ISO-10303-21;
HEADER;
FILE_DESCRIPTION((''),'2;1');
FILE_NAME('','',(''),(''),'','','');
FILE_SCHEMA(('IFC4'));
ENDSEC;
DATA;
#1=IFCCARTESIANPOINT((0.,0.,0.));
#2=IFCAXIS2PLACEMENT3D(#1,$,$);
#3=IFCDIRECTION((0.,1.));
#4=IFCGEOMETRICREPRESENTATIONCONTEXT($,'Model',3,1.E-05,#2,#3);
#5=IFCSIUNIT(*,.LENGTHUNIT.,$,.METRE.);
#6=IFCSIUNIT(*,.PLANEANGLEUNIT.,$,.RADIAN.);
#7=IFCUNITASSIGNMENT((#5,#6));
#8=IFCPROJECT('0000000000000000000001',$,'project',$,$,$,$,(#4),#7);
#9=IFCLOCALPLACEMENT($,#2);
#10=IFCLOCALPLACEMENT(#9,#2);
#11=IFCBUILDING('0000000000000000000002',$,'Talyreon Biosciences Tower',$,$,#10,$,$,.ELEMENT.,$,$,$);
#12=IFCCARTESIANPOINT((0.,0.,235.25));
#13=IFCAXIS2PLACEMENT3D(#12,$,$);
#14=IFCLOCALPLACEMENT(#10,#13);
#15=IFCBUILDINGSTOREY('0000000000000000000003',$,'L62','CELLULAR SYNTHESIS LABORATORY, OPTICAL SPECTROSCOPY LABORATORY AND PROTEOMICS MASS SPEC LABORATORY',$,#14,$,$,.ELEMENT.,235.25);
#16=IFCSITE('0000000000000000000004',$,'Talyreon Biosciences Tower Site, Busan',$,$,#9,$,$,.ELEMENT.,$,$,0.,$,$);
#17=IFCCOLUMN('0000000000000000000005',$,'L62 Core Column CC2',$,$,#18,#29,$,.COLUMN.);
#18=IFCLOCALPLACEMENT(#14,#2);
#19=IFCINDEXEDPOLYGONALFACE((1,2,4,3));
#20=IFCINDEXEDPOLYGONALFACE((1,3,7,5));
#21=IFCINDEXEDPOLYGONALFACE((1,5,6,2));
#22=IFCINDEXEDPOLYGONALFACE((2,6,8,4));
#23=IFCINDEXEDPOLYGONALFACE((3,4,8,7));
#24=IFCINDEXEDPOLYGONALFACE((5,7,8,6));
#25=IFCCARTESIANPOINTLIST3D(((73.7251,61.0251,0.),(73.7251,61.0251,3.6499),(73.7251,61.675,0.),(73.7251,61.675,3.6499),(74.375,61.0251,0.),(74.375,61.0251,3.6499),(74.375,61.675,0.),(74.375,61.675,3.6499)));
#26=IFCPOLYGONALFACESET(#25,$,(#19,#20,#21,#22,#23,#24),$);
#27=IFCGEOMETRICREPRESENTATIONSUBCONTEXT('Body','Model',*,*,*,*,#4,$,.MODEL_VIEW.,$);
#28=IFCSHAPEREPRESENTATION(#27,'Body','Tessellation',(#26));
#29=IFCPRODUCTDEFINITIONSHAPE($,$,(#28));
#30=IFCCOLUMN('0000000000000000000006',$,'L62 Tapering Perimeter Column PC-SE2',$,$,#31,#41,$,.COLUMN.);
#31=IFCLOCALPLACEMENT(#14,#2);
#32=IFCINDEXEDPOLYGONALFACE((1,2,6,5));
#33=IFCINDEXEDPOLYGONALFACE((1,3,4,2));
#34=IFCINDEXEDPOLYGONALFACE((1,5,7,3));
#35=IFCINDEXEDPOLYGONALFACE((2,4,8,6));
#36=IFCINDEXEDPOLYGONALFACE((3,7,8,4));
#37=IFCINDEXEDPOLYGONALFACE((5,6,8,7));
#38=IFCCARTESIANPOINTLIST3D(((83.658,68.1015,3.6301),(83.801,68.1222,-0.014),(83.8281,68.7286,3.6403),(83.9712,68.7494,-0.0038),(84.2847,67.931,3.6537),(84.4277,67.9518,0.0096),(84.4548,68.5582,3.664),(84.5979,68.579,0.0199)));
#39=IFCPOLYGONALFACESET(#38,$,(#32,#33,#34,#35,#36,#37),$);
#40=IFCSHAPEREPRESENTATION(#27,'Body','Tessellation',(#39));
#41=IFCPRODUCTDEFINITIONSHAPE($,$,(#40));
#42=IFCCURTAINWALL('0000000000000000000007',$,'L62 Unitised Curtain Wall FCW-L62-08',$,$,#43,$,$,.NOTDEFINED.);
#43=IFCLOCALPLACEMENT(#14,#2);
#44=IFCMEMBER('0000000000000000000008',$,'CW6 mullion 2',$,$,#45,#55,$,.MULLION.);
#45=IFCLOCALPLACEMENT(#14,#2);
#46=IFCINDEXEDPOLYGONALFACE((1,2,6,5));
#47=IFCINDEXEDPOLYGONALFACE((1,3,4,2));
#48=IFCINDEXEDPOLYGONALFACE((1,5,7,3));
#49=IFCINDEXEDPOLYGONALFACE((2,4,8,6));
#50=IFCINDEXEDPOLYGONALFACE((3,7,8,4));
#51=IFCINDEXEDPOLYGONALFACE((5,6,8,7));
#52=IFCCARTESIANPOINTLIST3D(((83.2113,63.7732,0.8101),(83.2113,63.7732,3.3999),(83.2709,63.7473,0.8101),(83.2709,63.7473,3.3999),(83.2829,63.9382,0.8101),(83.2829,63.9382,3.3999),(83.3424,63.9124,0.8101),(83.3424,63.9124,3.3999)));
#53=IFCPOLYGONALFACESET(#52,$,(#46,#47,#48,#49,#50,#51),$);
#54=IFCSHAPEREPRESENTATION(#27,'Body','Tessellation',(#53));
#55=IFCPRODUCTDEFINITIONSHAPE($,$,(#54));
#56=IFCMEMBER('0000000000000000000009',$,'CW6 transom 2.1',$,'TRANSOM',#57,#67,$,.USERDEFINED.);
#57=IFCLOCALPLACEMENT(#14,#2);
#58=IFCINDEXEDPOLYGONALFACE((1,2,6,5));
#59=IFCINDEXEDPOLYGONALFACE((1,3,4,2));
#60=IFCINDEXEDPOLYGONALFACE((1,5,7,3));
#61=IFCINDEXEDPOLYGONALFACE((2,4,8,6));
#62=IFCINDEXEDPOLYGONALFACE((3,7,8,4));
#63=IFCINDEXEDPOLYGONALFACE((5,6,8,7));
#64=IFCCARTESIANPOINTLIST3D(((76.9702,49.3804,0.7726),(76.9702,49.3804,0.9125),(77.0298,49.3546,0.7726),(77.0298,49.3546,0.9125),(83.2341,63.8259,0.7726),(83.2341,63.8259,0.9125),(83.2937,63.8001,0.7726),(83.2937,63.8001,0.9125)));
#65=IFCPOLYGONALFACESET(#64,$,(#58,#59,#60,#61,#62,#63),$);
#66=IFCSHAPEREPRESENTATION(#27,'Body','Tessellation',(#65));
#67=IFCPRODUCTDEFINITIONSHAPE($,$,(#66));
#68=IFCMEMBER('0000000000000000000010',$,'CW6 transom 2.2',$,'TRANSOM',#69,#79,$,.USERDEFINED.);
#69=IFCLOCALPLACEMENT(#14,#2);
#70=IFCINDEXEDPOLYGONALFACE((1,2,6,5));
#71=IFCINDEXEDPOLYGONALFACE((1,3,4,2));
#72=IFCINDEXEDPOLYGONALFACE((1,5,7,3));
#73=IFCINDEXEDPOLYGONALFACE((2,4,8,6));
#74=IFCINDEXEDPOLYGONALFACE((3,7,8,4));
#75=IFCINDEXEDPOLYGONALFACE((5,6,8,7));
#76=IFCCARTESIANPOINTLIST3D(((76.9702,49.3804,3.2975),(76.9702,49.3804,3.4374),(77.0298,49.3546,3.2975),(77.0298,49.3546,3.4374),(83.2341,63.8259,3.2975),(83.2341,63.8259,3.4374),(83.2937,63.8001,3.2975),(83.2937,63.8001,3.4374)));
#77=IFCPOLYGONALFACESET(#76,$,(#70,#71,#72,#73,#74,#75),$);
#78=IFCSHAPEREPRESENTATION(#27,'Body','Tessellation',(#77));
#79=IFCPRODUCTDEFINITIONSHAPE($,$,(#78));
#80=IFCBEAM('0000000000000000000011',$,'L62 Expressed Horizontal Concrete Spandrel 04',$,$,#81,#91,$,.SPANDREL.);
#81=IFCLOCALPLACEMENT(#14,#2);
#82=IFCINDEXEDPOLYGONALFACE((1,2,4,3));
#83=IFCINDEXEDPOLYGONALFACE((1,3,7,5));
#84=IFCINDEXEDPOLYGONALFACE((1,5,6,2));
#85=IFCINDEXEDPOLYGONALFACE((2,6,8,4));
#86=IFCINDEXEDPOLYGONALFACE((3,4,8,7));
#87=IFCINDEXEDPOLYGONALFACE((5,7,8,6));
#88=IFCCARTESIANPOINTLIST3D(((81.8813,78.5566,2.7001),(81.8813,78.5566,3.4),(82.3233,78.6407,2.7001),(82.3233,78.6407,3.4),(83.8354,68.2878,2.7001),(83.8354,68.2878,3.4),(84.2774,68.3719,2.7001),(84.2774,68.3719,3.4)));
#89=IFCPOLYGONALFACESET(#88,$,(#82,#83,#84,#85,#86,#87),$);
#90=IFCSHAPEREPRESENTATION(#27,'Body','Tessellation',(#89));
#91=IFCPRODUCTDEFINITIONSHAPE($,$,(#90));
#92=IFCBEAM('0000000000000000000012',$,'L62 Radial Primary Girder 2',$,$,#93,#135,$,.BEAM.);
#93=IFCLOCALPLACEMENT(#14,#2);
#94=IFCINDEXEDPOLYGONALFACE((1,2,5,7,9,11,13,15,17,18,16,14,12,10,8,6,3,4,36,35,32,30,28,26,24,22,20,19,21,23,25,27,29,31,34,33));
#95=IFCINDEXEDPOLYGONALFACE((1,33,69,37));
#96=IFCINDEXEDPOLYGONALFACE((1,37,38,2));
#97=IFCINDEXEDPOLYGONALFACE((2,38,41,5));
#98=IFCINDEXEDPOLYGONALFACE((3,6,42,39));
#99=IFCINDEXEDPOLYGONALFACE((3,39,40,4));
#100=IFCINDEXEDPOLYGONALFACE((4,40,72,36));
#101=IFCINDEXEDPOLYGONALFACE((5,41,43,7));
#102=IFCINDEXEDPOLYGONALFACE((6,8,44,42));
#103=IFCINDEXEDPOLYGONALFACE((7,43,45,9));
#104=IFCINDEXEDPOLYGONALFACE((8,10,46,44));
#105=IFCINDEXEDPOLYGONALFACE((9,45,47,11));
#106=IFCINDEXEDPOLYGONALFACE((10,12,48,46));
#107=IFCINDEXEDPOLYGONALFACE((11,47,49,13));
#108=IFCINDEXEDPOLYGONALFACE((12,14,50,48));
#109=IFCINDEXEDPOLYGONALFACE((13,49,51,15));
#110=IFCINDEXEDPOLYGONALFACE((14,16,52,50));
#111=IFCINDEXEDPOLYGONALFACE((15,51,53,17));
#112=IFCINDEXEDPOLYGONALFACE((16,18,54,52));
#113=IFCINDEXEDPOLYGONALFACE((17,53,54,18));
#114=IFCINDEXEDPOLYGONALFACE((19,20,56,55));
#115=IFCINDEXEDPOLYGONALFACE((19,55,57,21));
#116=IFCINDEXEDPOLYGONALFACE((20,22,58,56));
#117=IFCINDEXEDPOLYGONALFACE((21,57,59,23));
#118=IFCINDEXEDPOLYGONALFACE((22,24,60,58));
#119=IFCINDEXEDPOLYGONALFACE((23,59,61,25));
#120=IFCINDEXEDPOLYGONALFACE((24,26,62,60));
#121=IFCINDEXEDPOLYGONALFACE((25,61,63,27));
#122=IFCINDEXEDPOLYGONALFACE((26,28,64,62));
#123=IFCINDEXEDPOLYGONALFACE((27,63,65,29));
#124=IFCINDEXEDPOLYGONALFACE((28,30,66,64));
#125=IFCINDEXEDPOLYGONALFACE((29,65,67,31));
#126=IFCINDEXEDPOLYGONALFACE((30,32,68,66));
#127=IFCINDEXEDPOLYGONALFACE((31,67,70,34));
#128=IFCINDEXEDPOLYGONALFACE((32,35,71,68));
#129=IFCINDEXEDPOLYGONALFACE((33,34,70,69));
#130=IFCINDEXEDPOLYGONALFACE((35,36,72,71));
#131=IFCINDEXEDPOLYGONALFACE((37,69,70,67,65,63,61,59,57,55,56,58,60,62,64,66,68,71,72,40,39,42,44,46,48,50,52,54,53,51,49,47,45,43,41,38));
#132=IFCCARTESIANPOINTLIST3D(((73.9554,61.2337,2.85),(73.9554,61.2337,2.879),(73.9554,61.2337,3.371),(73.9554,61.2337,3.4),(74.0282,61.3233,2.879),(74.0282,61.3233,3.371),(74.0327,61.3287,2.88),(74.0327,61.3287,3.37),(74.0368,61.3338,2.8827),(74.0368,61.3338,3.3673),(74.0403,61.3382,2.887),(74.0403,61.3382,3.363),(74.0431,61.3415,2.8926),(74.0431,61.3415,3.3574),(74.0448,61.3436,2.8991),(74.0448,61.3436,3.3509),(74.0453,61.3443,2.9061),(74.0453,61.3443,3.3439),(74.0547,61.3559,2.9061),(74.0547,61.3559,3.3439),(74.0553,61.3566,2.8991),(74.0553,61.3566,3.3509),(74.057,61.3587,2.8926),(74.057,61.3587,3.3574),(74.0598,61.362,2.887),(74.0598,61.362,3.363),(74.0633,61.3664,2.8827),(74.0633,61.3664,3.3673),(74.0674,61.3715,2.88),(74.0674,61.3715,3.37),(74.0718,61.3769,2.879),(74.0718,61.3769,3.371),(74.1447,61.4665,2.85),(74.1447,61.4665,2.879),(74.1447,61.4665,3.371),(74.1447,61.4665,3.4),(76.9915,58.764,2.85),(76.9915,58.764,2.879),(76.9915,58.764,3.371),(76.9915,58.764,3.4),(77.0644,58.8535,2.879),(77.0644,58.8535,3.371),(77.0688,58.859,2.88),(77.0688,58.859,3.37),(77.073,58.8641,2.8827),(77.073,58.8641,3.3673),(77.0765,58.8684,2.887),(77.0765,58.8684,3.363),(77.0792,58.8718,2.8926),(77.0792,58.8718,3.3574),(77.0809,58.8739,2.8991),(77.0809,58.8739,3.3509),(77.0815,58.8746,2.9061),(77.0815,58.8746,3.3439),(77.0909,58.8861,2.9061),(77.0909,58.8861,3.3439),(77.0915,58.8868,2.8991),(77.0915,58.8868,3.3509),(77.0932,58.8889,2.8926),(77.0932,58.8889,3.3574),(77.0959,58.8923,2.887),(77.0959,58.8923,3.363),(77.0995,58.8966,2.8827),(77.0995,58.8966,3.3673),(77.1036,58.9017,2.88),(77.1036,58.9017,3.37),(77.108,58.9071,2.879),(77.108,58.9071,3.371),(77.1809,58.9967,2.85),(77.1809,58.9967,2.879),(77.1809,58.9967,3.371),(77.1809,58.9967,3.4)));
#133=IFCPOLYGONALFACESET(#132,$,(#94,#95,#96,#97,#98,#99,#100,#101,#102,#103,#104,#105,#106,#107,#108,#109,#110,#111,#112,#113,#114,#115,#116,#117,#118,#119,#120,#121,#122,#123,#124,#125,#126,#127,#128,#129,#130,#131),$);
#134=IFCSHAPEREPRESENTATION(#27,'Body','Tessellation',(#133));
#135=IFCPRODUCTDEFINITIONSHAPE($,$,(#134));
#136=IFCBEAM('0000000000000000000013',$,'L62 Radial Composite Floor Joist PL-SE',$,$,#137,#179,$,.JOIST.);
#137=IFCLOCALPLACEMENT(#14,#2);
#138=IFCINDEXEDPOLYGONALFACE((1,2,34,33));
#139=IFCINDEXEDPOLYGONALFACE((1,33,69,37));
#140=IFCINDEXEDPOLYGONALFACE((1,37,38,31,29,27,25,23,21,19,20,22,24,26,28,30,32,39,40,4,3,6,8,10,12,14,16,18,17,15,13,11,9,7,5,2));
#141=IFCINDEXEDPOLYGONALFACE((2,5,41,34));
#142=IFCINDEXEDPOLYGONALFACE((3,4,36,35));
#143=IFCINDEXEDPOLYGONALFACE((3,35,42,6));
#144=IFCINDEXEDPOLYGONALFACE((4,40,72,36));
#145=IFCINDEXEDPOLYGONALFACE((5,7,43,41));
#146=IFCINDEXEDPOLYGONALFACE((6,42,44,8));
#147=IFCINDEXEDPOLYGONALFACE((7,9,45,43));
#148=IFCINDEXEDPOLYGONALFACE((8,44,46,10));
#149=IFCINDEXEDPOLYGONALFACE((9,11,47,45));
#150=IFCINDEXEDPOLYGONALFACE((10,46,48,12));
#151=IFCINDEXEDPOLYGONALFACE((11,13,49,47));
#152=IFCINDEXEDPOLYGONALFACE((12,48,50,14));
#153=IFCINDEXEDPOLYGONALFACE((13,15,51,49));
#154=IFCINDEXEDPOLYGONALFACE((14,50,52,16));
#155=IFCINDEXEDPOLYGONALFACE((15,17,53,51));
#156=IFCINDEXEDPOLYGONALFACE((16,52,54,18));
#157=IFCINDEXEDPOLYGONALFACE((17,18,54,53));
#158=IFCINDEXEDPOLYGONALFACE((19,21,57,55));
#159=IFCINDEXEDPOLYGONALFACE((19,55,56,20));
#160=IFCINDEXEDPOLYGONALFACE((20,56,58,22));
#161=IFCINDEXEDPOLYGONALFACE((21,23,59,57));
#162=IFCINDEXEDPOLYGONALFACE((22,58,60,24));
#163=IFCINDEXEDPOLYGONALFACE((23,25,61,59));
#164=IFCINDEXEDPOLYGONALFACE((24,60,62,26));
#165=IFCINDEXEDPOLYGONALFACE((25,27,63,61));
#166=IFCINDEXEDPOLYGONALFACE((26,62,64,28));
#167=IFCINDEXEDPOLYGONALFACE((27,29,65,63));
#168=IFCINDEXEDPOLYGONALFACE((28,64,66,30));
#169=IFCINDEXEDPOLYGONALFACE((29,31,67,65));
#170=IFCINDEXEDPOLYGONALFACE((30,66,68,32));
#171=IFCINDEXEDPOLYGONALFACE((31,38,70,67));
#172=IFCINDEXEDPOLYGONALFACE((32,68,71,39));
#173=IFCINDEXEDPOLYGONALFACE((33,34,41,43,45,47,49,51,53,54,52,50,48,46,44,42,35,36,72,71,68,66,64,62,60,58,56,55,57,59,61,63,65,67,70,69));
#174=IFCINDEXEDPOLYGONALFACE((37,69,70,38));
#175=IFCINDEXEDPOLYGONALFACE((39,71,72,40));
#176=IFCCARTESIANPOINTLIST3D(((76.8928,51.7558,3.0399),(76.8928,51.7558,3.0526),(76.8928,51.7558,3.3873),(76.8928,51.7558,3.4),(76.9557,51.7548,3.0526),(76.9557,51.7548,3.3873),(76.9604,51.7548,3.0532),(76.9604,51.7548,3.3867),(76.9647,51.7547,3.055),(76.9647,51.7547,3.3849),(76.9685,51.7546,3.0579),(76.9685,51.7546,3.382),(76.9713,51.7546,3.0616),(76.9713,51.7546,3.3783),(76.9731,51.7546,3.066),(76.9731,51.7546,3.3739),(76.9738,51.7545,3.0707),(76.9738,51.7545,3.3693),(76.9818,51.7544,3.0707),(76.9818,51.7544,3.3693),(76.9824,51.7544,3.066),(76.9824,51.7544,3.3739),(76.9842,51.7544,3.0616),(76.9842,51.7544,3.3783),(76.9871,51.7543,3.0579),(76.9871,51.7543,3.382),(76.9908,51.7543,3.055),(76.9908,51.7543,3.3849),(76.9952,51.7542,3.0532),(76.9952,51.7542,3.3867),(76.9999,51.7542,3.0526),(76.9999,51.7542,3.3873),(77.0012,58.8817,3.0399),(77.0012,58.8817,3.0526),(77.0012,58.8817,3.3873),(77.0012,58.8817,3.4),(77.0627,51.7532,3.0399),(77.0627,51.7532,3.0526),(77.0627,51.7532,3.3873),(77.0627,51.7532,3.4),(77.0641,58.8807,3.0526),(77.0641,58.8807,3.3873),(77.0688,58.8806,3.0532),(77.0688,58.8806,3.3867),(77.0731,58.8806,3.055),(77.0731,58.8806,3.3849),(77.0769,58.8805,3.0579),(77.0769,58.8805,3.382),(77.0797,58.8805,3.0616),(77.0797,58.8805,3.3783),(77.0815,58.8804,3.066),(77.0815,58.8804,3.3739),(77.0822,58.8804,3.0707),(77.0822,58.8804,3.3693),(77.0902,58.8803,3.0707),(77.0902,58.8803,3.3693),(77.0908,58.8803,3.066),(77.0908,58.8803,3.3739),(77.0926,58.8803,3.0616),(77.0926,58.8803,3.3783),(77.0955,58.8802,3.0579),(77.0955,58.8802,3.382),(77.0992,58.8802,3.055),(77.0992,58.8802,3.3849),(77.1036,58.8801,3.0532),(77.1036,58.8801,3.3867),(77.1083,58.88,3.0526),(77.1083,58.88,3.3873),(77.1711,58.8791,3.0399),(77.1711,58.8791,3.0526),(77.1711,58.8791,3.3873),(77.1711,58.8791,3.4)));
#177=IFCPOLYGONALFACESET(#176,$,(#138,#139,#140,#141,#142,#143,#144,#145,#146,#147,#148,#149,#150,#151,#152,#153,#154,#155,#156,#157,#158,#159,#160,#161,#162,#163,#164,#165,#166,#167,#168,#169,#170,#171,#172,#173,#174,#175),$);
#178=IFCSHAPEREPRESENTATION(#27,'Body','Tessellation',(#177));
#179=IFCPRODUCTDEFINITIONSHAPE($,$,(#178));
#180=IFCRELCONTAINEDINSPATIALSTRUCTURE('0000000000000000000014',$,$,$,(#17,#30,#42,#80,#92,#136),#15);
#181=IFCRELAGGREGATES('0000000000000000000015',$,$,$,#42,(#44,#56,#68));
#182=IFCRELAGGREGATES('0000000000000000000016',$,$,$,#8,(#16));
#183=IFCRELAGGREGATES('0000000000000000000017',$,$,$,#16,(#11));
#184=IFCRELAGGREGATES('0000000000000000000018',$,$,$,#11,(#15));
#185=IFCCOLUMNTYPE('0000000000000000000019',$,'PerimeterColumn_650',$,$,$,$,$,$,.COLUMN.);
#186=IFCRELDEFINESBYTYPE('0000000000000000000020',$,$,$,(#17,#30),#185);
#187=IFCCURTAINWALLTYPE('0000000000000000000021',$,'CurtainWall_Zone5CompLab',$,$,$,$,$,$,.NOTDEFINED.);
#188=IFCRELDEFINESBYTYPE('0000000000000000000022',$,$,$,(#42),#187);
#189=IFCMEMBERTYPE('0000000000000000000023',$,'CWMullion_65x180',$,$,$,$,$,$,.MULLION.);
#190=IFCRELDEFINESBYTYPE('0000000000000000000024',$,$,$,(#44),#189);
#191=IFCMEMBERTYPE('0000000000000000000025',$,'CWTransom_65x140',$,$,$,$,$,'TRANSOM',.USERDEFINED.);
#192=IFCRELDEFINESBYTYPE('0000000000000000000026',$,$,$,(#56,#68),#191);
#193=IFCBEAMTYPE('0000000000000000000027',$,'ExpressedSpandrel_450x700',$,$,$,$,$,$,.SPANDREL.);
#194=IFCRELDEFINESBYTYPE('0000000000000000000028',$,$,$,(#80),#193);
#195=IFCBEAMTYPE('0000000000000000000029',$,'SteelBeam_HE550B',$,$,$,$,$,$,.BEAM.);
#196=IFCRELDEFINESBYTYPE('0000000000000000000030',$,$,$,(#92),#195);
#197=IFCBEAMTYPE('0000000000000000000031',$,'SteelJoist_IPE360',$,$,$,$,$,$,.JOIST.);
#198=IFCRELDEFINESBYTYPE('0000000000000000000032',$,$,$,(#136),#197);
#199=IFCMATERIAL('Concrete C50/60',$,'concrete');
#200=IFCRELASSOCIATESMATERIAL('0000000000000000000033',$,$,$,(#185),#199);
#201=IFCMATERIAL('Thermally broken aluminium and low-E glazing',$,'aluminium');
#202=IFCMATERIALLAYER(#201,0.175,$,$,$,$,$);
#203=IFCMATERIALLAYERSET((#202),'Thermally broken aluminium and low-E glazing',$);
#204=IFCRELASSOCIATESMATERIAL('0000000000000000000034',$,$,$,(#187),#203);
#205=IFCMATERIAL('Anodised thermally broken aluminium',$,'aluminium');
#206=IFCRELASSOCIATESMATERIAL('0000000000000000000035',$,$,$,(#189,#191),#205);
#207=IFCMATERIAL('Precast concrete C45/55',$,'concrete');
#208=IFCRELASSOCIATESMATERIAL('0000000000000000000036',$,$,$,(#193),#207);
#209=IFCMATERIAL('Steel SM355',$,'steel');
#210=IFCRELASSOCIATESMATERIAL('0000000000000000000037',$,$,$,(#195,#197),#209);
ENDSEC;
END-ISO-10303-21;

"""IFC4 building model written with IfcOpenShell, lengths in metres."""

from ifc_helpers import new_model, si_unit, direction, frame, origin, origin_2d, place, context, subcontext, project, spatial, rectangle, i_section, extrude, material, layer, layer_set, material_profile, profile_set, type_object, element, aggregate, save


model = new_model("IFC4")

# Units and contexts
model_context = context("Model", 3, precision=1e-05, world=origin(), true_north=direction((0.0, 1.0)))
body_context = subcontext(model_context, "Body", "Model", "MODEL_VIEW")
ifc_project = project(units=[si_unit("LENGTHUNIT", "METRE"), si_unit("PLANEANGLEUNIT", "RADIAN")], contexts=[model_context])

# Site, building, storey
site_placement = place(None, origin())
site = spatial("IfcSite", under=ifc_project, at=site_placement, Name="Talyreon Biosciences Tower Site, Busan", CompositionType="ELEMENT", RefElevation=0.0)
building_placement = place(site_placement, origin())
building = spatial("IfcBuilding", under=site, at=building_placement, Name="Talyreon Biosciences Tower", CompositionType="ELEMENT")
storey_placement = place(building_placement, frame((0.0, 0.0, 235.25)))
storey = spatial("IfcBuildingStorey", under=building, at=storey_placement, Name="L62", Description="CELLULAR SYNTHESIS LABORATORY, OPTICAL SPECTROSCOPY LABORATORY AND PROTEOMICS MASS SPEC LABORATORY", CompositionType="ELEMENT", Elevation=235.25)

# Columns
ifc_material_1 = material(Name="Concrete C50/60", Category="concrete")
ifc_material_profile_1 = material_profile(ifc_material_1, rectangle(XDim=0.6499, YDim=0.6499, at=origin_2d()), Name="RC 650x650")
ifc_profile_set_1 = profile_set([ifc_material_profile_1], Name="Concrete C50/60")
column_type = type_object("IfcColumnType", Name="PerimeterColumn_650", PredefinedType="COLUMN", material=ifc_profile_set_1)
column_1_placement = place(storey_placement, frame((74.05, 61.3501, 0.0), z_axis=(0.0, 0.0, 1.0), x_axis=(1.0, 0.0, 0.0)))
element("IfcColumn", 1, at=column_1_placement, inside=storey, type_object=column_type, Name="L62 Core Column CC2", PredefinedType="COLUMN", context=body_context, shape_type="SweptSolid", body=[
    extrude(rectangle(XDim=0.6499, YDim=0.6499, at=origin_2d()), origin(), (0.0, 0.0, 1.0), 3.6499),
])
column_2_placement = place(storey_placement, frame((84.1995, 68.3506, 0.0029), z_axis=(-0.039229, -0.00569, 0.999214), x_axis=(0.964322, -0.262221, 0.036366)))
element("IfcColumn", 2, at=column_2_placement, inside=storey, type_object=column_type, Name="L62 Tapering Perimeter Column PC-SE2", PredefinedType="COLUMN", context=body_context, shape_type="SweptSolid", body=[
    extrude(rectangle(XDim=0.6499, YDim=0.6499, at=origin_2d()), origin(), (0.0, 0.0, 1.0), 3.647),
])

# Curtain wall, members
ifc_material_2 = material(Name="Thermally broken aluminium and low-E glazing", Category="aluminium")
ifc_layer_1 = layer(ifc_material_2, 0.175)
ifc_layer_set_1 = layer_set([ifc_layer_1], Name="Thermally broken aluminium and low-E glazing")
curtain_wall_type = type_object("IfcCurtainWallType", Name="CurtainWall_Zone5CompLab", PredefinedType="NOTDEFINED", material=ifc_layer_set_1)
curtain_wall_placement = place(storey_placement, origin())
curtain_wall = element("IfcCurtainWall", 3, at=curtain_wall_placement, inside=storey, type_object=curtain_wall_type, Name="L62 Unitised Curtain Wall FCW-L62-08", PredefinedType="NOTDEFINED")
ifc_material_3 = material(Name="Anodised thermally broken aluminium", Category="aluminium")
ifc_material_profile_2 = material_profile(ifc_material_3, rectangle(XDim=0.0649, YDim=0.1799, at=origin_2d()), Name="ALUM MULLION 65x180")
ifc_profile_set_2 = profile_set([ifc_material_profile_2], Name="Anodised thermally broken aluminium")
member_type_1 = type_object("IfcMemberType", Name="CWMullion_65x180", PredefinedType="MULLION", material=ifc_profile_set_2)
member_1_placement = place(storey_placement, frame((83.2769, 63.8428, 0.8101), z_axis=(0.0, 0.0, 1.0), x_axis=(0.917458, -0.397832, 0.0)))
member_1 = element("IfcMember", 4, at=member_1_placement, type_object=member_type_1, Name="CW6 mullion 2", PredefinedType="MULLION", context=body_context, shape_type="SweptSolid", body=[
    extrude(rectangle(XDim=0.0649, YDim=0.1799, at=origin_2d()), origin(), (0.0, 0.0, 1.0), 2.5898),
])
ifc_material_profile_3 = material_profile(ifc_material_3, rectangle(XDim=0.0649, YDim=0.1399, at=origin_2d()), Name="ALUM TRANSOM 65x140")
ifc_profile_set_3 = profile_set([ifc_material_profile_3], Name="Anodised thermally broken aluminium")
member_type_2 = type_object("IfcMemberType", Name="CWTransom_65x140", ElementType="TRANSOM", PredefinedType="USERDEFINED", material=ifc_profile_set_3)
member_2_placement = place(storey_placement, frame((83.2639, 63.813, 0.8425), z_axis=(-0.397831, -0.917459, 0.0), x_axis=(0.917459, -0.397831, 0.0)))
member_2 = element("IfcMember", 5, at=member_2_placement, type_object=member_type_2, Name="CW6 transom 2.1", ObjectType="TRANSOM", PredefinedType="USERDEFINED", context=body_context, shape_type="SweptSolid", body=[
    extrude(rectangle(XDim=0.0649, YDim=0.1399, at=origin_2d()), origin(), (0.0, 0.0, 1.0), 15.7451),
])
member_3_placement = place(storey_placement, frame((83.2639, 63.813, 3.3674), z_axis=(-0.397831, -0.917459, 0.0), x_axis=(0.917459, -0.397831, 0.0)))
member_3 = element("IfcMember", 6, at=member_3_placement, type_object=member_type_2, Name="CW6 transom 2.2", ObjectType="TRANSOM", PredefinedType="USERDEFINED", context=body_context, shape_type="SweptSolid", body=[
    extrude(rectangle(XDim=0.0649, YDim=0.1399, at=origin_2d()), origin(), (0.0, 0.0, 1.0), 15.7451),
])
aggregate(curtain_wall, [member_1, member_2, member_3])

# Beams
ifc_material_4 = material(Name="Precast concrete C45/55", Category="concrete")
ifc_material_profile_4 = material_profile(ifc_material_4, rectangle(XDim=0.45, YDim=0.7, at=origin_2d()), Name="RCB 450x700")
ifc_profile_set_4 = profile_set([ifc_material_profile_4], Name="Precast concrete C45/55")
beam_type_1 = type_object("IfcBeamType", Name="ExpressedSpandrel_450x700", PredefinedType="SPANDREL", material=ifc_profile_set_4)
beam_1_placement = place(storey_placement, frame((84.0564, 68.3298, 3.05), z_axis=(-0.18694, 0.982371, 0.0), x_axis=(-0.982371, -0.18694, 0.0)))
element("IfcBeam", 7, at=beam_1_placement, inside=storey, type_object=beam_type_1, Name="L62 Expressed Horizontal Concrete Spandrel 04", PredefinedType="SPANDREL", context=body_context, shape_type="SweptSolid", body=[
    extrude(rectangle(XDim=0.45, YDim=0.7, at=origin_2d()), origin(), (0.0, 0.0, 1.0), 10.4531),
])
ifc_material_5 = material(Name="Steel SM355", Category="steel")
ifc_material_profile_5 = material_profile(ifc_material_5, i_section(OverallWidth=0.3, OverallDepth=0.55, WebThickness=0.0149, FlangeThickness=0.0291, FilletRadius=0.0271, at=origin_2d()), Name="HE550B")
ifc_profile_set_5 = profile_set([ifc_material_profile_5], Name="Steel SM355")
beam_type_2 = type_object("IfcBeamType", Name="SteelBeam_HE550B", PredefinedType="BEAM", material=ifc_profile_set_5)
beam_2_placement = place(storey_placement, frame((74.05, 61.3501, 3.125), z_axis=(0.775755, -0.631034, 0.0), x_axis=(0.631034, 0.775755, 0.0)))
element("IfcBeam", 8, at=beam_2_placement, inside=storey, type_object=beam_type_2, Name="L62 Radial Primary Girder 2", PredefinedType="BEAM", context=body_context, shape_type="SweptSolid", body=[
    extrude(i_section(OverallWidth=0.3, OverallDepth=0.55, WebThickness=0.0149, FlangeThickness=0.0291, FilletRadius=0.0271, at=origin_2d()), origin(), (0.0, 0.0, 1.0), 3.9138),
])
ifc_material_profile_6 = material_profile(ifc_material_5, i_section(OverallWidth=0.1699, OverallDepth=0.3601, WebThickness=0.0081, FlangeThickness=0.0127, FilletRadius=0.0181, at=origin_2d()), Name="IPE360")
ifc_profile_set_6 = profile_set([ifc_material_profile_6], Name="Steel SM355")
beam_type_3 = type_object("IfcBeamType", Name="SteelJoist_IPE360", PredefinedType="JOIST", material=ifc_profile_set_6)
beam_3_placement = place(storey_placement, frame((77.0862, 58.8804, 3.22), z_axis=(-0.01521, -0.999884, 0.0), x_axis=(0.999884, -0.01521, 0.0)))
element("IfcBeam", 9, at=beam_3_placement, inside=storey, type_object=beam_type_3, Name="L62 Radial Composite Floor Joist PL-SE", PredefinedType="JOIST", context=body_context, shape_type="SweptSolid", body=[
    extrude(i_section(OverallWidth=0.1699, OverallDepth=0.3601, WebThickness=0.0081, FlangeThickness=0.0127, FilletRadius=0.0181, at=origin_2d()), origin(), (0.0, 0.0, 1.0), 7.1267),
])

save(model, "model.ifc")
